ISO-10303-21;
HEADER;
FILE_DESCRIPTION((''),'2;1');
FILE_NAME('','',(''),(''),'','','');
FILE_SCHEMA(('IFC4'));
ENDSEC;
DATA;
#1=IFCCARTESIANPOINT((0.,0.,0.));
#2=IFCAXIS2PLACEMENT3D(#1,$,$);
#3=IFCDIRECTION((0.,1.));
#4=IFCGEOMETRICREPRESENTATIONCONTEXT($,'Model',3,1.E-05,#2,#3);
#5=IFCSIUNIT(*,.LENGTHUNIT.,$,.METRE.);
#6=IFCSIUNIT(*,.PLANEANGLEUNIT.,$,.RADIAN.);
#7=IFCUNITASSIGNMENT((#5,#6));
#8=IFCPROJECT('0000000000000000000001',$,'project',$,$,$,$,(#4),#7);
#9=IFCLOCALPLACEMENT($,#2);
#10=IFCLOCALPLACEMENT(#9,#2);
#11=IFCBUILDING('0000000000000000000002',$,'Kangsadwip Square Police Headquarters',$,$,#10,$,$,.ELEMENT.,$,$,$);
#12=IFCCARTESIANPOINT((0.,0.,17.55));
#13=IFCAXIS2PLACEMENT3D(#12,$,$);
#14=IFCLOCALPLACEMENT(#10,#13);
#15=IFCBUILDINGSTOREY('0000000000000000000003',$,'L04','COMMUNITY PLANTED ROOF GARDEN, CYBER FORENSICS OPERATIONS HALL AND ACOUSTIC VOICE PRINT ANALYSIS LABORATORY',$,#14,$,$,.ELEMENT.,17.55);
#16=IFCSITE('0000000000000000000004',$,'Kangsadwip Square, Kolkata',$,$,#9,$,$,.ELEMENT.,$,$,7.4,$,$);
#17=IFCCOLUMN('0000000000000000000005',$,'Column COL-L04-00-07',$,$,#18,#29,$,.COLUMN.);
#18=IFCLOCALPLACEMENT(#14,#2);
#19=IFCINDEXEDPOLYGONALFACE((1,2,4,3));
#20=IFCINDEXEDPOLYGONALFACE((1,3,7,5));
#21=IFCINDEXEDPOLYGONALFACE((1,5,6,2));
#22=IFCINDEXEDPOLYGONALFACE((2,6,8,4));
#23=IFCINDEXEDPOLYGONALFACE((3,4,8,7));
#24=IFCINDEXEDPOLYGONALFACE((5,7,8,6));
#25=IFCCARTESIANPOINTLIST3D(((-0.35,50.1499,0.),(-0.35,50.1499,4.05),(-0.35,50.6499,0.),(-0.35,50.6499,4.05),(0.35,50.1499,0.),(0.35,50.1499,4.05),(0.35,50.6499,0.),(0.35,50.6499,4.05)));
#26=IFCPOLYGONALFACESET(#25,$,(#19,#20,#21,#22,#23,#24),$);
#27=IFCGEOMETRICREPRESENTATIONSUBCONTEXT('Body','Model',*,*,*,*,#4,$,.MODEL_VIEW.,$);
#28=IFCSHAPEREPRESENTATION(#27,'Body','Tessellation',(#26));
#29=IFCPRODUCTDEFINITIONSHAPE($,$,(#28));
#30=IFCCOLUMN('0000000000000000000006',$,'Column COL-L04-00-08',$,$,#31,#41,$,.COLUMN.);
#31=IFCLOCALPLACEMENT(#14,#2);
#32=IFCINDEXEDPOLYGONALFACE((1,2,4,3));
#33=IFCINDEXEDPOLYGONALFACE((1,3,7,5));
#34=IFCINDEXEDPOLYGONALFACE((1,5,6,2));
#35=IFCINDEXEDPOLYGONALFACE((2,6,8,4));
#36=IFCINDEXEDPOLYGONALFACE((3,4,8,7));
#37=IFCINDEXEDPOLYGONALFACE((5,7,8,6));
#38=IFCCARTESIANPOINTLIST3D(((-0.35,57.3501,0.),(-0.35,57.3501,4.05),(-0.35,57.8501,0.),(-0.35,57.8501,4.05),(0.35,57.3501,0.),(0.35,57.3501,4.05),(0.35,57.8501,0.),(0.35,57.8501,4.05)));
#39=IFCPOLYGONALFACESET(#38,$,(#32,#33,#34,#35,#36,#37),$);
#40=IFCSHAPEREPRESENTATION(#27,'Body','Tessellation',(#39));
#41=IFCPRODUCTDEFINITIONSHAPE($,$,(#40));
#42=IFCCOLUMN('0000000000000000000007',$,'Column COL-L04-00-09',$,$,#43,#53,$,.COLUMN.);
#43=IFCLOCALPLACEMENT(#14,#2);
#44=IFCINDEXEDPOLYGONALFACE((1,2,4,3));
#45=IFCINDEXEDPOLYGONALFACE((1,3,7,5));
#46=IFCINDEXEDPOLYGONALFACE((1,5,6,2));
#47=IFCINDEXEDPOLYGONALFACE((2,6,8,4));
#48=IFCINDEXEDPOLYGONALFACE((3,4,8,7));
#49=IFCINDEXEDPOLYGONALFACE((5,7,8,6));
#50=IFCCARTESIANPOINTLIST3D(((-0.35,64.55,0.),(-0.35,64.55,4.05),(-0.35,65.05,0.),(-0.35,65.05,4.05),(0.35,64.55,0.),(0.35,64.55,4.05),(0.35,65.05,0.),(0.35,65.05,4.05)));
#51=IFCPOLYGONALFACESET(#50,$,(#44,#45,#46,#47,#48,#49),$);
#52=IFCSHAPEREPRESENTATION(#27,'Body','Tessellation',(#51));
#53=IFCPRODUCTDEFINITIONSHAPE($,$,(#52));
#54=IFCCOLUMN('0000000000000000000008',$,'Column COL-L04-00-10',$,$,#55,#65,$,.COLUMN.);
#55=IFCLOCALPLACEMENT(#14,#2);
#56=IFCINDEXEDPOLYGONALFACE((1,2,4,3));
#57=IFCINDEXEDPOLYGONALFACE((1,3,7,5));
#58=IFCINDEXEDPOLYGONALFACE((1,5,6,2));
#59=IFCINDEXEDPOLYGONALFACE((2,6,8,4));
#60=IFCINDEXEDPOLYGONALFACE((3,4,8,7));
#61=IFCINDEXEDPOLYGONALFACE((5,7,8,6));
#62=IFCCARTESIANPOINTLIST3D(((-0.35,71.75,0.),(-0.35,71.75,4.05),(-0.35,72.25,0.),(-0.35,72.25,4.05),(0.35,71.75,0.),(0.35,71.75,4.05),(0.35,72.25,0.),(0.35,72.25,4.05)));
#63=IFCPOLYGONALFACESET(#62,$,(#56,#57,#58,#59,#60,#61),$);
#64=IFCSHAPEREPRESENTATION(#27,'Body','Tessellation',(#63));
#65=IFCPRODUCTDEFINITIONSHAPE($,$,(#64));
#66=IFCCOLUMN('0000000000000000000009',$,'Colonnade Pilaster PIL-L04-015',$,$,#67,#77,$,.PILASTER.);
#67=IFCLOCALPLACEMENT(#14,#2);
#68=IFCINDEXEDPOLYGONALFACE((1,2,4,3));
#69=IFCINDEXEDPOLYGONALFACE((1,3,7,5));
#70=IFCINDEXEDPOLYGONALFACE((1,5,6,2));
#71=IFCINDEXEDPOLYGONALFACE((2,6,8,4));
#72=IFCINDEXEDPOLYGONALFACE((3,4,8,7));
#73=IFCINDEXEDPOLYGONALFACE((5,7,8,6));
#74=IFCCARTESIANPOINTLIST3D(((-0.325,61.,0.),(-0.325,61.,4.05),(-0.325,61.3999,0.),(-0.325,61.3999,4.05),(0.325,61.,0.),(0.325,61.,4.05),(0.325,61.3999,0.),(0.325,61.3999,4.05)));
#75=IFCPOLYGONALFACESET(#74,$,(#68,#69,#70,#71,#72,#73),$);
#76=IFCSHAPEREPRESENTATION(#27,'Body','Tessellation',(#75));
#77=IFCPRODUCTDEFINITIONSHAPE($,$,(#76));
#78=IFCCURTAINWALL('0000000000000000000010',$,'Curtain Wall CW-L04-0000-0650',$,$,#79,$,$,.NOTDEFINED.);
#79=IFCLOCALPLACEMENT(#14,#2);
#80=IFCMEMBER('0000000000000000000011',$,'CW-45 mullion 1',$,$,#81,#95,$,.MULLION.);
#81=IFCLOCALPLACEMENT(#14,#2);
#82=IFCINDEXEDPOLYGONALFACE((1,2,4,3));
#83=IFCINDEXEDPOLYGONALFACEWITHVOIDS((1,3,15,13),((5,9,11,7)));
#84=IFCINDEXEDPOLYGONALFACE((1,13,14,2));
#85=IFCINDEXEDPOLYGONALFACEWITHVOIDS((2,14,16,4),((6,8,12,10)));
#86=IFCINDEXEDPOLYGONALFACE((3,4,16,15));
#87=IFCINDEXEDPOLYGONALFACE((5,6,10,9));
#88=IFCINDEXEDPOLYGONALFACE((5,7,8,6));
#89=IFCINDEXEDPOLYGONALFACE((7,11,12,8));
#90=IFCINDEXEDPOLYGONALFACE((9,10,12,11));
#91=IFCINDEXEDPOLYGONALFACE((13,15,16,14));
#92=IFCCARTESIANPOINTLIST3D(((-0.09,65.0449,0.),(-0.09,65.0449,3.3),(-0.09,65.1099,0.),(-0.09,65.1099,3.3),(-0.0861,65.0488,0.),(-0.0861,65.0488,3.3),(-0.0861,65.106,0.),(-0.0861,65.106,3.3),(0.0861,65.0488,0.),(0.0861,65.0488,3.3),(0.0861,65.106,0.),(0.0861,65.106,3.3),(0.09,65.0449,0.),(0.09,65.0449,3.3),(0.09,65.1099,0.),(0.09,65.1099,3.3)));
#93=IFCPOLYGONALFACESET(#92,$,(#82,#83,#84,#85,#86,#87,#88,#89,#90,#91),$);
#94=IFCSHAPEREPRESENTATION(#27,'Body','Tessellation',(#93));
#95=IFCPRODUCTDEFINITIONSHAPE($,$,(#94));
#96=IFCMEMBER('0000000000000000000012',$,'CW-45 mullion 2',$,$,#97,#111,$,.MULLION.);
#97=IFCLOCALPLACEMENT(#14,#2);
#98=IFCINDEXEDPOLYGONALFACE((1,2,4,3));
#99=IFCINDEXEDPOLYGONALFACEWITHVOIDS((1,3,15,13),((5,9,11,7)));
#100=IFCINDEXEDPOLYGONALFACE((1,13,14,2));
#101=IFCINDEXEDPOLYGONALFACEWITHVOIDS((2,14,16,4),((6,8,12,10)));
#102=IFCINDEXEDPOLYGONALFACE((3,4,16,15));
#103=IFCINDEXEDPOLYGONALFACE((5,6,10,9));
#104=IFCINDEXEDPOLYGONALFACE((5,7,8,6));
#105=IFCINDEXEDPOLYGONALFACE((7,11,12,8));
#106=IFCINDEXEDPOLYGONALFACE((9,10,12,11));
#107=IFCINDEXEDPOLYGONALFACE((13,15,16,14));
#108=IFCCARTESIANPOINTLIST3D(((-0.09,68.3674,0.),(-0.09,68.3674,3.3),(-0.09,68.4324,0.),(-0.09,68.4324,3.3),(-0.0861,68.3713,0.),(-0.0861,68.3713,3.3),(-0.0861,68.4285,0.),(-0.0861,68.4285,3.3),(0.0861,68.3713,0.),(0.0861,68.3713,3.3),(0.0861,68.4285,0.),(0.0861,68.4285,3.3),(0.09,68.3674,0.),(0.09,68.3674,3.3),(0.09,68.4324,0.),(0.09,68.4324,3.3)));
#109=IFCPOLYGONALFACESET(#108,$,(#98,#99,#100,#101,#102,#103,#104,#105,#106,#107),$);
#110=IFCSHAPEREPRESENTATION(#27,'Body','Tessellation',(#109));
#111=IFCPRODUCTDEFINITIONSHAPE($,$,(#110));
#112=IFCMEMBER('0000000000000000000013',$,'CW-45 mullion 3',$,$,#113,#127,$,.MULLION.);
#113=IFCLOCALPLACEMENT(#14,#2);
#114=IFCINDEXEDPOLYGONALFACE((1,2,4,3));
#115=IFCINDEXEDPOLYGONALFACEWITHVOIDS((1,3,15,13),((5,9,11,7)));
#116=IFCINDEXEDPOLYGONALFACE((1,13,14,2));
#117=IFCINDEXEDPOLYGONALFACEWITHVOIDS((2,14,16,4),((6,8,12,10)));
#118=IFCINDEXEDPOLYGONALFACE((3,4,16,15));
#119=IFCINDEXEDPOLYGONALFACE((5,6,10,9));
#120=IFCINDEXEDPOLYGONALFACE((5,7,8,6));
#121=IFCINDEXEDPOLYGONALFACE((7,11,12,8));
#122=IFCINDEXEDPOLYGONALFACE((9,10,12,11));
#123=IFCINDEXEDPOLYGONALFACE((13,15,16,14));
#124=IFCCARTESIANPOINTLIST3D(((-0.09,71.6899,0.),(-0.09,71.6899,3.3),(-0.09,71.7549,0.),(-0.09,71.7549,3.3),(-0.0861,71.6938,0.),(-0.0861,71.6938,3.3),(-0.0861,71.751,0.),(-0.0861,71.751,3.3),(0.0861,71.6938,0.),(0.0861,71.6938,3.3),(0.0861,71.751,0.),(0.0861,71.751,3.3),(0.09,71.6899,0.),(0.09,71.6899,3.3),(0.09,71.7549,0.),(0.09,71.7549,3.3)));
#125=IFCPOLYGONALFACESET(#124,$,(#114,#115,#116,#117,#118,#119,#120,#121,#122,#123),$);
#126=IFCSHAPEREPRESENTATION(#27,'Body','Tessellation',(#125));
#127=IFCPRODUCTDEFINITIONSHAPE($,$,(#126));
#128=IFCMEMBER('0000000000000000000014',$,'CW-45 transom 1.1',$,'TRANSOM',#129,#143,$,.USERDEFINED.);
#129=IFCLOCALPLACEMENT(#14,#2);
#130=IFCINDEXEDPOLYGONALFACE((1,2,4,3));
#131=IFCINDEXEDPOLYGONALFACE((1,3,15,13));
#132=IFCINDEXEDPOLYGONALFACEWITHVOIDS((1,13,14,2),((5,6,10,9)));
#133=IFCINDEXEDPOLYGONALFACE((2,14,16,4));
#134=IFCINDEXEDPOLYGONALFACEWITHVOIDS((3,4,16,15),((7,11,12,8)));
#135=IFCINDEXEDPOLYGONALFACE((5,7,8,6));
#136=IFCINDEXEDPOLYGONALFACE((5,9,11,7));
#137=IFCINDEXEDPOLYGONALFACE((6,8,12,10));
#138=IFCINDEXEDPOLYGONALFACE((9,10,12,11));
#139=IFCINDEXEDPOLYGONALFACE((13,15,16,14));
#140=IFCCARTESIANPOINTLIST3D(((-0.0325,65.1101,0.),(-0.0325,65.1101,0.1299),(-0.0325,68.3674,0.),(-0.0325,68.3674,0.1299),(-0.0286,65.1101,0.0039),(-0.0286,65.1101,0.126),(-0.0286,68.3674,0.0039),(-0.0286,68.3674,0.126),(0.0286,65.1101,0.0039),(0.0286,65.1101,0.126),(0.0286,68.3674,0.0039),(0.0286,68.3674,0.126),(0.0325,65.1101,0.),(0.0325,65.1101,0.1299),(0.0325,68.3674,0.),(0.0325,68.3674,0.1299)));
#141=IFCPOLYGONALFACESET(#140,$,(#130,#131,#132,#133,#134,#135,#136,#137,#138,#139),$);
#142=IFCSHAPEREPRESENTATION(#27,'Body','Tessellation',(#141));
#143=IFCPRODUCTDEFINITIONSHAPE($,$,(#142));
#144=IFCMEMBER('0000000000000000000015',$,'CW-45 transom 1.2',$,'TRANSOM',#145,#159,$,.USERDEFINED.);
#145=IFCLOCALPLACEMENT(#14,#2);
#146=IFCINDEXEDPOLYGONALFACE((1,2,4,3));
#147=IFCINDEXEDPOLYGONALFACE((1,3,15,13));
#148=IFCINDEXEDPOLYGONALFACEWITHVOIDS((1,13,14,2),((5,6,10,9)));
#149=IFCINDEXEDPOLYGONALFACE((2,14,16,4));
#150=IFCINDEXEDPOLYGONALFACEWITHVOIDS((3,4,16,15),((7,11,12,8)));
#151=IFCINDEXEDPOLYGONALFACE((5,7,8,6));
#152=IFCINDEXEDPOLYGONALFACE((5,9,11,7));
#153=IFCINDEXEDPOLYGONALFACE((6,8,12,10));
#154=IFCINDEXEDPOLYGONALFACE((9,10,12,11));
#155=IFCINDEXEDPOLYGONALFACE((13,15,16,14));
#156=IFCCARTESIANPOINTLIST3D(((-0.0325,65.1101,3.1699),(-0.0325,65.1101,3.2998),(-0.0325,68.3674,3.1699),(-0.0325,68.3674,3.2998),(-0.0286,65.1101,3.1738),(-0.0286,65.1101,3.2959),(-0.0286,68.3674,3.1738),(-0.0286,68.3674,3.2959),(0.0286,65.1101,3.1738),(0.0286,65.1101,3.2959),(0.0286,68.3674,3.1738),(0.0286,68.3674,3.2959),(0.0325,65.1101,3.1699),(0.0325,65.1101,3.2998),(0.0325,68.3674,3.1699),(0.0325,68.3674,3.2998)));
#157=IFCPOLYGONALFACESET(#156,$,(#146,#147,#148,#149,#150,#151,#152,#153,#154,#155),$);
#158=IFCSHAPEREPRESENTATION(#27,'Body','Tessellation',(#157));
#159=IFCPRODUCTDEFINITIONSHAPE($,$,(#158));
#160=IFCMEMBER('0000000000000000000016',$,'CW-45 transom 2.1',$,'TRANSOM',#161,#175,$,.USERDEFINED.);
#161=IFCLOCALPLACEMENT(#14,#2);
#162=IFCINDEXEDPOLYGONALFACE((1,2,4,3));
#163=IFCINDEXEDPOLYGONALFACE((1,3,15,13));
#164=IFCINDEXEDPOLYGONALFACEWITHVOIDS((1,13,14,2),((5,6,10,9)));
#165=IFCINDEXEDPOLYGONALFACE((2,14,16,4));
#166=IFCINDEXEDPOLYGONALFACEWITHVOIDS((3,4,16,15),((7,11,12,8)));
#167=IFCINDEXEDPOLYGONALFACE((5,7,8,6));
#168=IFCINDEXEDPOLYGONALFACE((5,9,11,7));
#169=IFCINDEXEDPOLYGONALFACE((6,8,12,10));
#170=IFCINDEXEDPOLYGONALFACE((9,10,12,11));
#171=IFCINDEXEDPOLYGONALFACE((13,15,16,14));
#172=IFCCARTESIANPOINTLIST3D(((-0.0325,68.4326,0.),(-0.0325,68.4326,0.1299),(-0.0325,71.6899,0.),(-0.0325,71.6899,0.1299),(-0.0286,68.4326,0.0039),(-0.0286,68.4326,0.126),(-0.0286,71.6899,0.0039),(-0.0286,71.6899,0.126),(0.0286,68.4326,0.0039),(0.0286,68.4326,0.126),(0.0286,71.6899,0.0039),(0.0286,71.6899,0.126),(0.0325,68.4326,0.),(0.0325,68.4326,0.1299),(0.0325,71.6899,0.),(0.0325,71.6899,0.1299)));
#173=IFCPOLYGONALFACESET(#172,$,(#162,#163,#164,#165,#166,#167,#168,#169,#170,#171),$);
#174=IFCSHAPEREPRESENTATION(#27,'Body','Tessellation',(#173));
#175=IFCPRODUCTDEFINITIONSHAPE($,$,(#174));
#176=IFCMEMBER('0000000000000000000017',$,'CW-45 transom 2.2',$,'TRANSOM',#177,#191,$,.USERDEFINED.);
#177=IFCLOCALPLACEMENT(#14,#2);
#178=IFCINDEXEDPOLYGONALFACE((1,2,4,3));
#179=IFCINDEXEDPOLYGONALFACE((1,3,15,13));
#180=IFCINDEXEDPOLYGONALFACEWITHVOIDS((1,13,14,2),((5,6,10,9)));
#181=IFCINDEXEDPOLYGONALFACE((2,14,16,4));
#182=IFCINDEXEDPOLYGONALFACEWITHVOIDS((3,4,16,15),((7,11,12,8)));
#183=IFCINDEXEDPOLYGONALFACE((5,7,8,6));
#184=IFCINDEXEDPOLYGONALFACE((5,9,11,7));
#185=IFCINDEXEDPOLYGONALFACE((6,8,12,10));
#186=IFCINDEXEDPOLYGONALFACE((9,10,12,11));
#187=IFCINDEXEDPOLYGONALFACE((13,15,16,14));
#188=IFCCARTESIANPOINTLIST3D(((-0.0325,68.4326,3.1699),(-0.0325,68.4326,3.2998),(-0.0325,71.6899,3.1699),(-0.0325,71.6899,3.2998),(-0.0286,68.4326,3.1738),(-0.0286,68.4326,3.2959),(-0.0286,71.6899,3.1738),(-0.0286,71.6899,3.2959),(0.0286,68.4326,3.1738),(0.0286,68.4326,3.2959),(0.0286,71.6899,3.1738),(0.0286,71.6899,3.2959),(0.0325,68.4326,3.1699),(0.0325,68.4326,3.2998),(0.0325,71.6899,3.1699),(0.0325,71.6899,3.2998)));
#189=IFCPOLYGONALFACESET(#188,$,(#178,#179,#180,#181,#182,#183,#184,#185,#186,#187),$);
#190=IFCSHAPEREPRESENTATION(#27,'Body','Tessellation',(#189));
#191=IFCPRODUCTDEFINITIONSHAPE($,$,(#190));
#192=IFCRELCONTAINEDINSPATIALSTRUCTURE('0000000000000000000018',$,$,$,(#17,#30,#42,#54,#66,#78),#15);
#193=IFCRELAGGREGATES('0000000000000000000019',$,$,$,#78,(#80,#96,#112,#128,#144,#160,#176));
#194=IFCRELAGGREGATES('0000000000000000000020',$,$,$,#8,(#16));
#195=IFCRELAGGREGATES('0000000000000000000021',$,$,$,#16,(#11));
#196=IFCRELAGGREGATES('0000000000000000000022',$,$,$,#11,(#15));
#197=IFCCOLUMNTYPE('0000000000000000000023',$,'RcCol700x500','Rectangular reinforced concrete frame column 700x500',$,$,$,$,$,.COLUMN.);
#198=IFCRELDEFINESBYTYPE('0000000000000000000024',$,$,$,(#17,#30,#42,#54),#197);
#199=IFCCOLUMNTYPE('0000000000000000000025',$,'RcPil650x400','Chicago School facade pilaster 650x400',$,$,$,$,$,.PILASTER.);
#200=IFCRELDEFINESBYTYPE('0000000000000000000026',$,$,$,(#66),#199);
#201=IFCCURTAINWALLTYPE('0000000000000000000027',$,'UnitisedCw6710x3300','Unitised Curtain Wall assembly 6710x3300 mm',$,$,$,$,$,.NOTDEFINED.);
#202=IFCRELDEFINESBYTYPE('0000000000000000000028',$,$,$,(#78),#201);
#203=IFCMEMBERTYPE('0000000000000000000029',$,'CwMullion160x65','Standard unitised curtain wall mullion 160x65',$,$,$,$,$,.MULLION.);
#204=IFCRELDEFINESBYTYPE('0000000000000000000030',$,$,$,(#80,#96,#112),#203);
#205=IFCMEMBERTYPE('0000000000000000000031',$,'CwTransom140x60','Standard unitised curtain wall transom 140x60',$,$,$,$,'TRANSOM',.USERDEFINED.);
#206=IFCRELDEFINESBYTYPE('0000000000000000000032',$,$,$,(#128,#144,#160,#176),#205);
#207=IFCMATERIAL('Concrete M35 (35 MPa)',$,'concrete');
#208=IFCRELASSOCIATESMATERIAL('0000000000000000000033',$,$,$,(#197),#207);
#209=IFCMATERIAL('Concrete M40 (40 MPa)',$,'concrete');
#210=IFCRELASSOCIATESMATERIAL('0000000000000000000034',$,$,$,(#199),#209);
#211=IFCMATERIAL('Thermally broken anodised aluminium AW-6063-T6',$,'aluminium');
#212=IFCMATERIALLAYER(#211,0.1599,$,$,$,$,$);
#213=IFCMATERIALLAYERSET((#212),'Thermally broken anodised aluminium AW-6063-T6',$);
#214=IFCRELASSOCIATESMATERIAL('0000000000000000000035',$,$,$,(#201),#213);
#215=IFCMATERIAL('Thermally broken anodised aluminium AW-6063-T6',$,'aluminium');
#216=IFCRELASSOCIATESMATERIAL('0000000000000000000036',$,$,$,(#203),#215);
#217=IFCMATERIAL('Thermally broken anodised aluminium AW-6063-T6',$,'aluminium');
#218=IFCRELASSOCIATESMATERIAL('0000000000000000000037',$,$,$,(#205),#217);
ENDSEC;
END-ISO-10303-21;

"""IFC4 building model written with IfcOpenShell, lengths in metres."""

from ifc_helpers import new_model, si_unit, direction, frame, origin, origin_2d, place, context, subcontext, project, spatial, rectangle, hollow_rectangle, extrude, material, layer, layer_set, material_profile, profile_set, type_object, element, aggregate, save


model = new_model("IFC4")

# Units and contexts
model_context = context("Model", 3, precision=1e-05, world=origin(), true_north=direction((0.0, 1.0)))
body_context = subcontext(model_context, "Body", "Model", "MODEL_VIEW")
ifc_project = project(units=[si_unit("LENGTHUNIT", "METRE"), si_unit("PLANEANGLEUNIT", "RADIAN")], contexts=[model_context])

# Site, building, storey
site_placement = place(None, origin())
site = spatial("IfcSite", under=ifc_project, at=site_placement, Name="Kangsadwip Square, Kolkata", CompositionType="ELEMENT", RefElevation=7.4)
building_placement = place(site_placement, origin())
building = spatial("IfcBuilding", under=site, at=building_placement, Name="Kangsadwip Square Police Headquarters", CompositionType="ELEMENT")
storey_placement = place(building_placement, frame((0.0, 0.0, 17.55)))
storey = spatial("IfcBuildingStorey", under=building, at=storey_placement, Name="L04", Description="COMMUNITY PLANTED ROOF GARDEN, CYBER FORENSICS OPERATIONS HALL AND ACOUSTIC VOICE PRINT ANALYSIS LABORATORY", CompositionType="ELEMENT", Elevation=17.55)

# Columns
ifc_material_1 = material(Name="Concrete M35 (35 MPa)", Category="concrete")
ifc_material_profile_1 = material_profile(ifc_material_1, rectangle(XDim=0.5, YDim=0.7, at=origin_2d()), Name="RC COL 700X500")
ifc_profile_set_1 = profile_set([ifc_material_profile_1], Name="Concrete M35 (35 MPa)")
column_type_1 = type_object("IfcColumnType", Name="RcCol700x500", Description="Rectangular reinforced concrete frame column 700x500", PredefinedType="COLUMN", material=ifc_profile_set_1)
for number, where, z_axis, x_axis, name in (
    (1, (0.0, 50.3999, 0.0), (0.0, 0.0, 1.0), (0.0, 1.0, 0.0), "Column COL-L04-00-07"),
    (2, (0.0, 57.6001, 0.0), (0.0, 0.0, 1.0), (0.0, 1.0, 0.0), "Column COL-L04-00-08"),
    (3, (0.0, 64.8, 0.0), (0.0, 0.0, 1.0), (0.0, 1.0, 0.0), "Column COL-L04-00-09"),
    (4, (0.0, 72.0, 0.0), (0.0, 0.0, 1.0), (0.0, 1.0, 0.0), "Column COL-L04-00-10"),
):
    element("IfcColumn", number, at=place(storey_placement, frame(where, z_axis=z_axis, x_axis=x_axis)), inside=storey, type_object=column_type_1, Name=name, PredefinedType="COLUMN", context=body_context, shape_type="SweptSolid", body=[
        extrude(rectangle(XDim=0.5, YDim=0.7, at=origin_2d()), origin(), (0.0, 0.0, 1.0), 4.05),
    ])
ifc_material_2 = material(Name="Concrete M40 (40 MPa)", Category="concrete")
ifc_material_profile_2 = material_profile(ifc_material_2, rectangle(XDim=0.3999, YDim=0.6499, at=origin_2d()), Name="RC PIL 650X400")
ifc_profile_set_2 = profile_set([ifc_material_profile_2], Name="Concrete M40 (40 MPa)")
column_type_2 = type_object("IfcColumnType", Name="RcPil650x400", Description="Chicago School facade pilaster 650x400", PredefinedType="PILASTER", material=ifc_profile_set_2)
column_placement = place(storey_placement, frame((0.0, 61.2, 0.0), z_axis=(0.0, 0.0, 1.0), x_axis=(0.0, 1.0, 0.0)))
element("IfcColumn", 5, at=column_placement, inside=storey, type_object=column_type_2, Name="Colonnade Pilaster PIL-L04-015", PredefinedType="PILASTER", context=body_context, shape_type="SweptSolid", body=[
    extrude(rectangle(XDim=0.3999, YDim=0.6499, at=origin_2d()), origin(), (0.0, 0.0, 1.0), 4.05),
])

# Curtain wall, members
ifc_material_3 = material(Name="Thermally broken anodised aluminium AW-6063-T6", Category="aluminium")
ifc_layer_1 = layer(ifc_material_3, 0.1599)
ifc_layer_set_1 = layer_set([ifc_layer_1], Name="Thermally broken anodised aluminium AW-6063-T6")
curtain_wall_type = type_object("IfcCurtainWallType", Name="UnitisedCw6710x3300", Description="Unitised Curtain Wall assembly 6710x3300 mm", PredefinedType="NOTDEFINED", material=ifc_layer_set_1)
curtain_wall_placement = place(storey_placement, origin())
curtain_wall = element("IfcCurtainWall", 6, at=curtain_wall_placement, inside=storey, type_object=curtain_wall_type, Name="Curtain Wall CW-L04-0000-0650", PredefinedType="NOTDEFINED")
ifc_material_4 = material(Name="Thermally broken anodised aluminium AW-6063-T6", Category="aluminium")
ifc_material_profile_3 = material_profile(ifc_material_4, hollow_rectangle(XDim=0.0649, YDim=0.1799, WallThickness=0.0039, at=origin_2d()), Name="CWM 180X65X4")
ifc_profile_set_3 = profile_set([ifc_material_profile_3], Name="Thermally broken anodised aluminium AW-6063-T6")
member_type_1 = type_object("IfcMemberType", Name="CwMullion160x65", Description="Standard unitised curtain wall mullion 160x65", PredefinedType="MULLION", material=ifc_profile_set_3)
member_1_placement = place(storey_placement, frame((0.0, 65.0774, 0.0), z_axis=(0.0, 0.0, 1.0), x_axis=(0.0, 1.0, 0.0)))
member_1 = element("IfcMember", 7, at=member_1_placement, type_object=member_type_1, Name="CW-45 mullion 1", PredefinedType="MULLION", context=body_context, shape_type="SweptSolid", body=[
    extrude(hollow_rectangle(XDim=0.0649, YDim=0.1799, WallThickness=0.0039, at=origin_2d()), origin(), (0.0, 0.0, 1.0), 3.3),
])
member_2_placement = place(storey_placement, frame((0.0, 68.3999, 0.0), z_axis=(0.0, 0.0, 1.0), x_axis=(0.0, 1.0, 0.0)))
member_2 = element("IfcMember", 8, at=member_2_placement, type_object=member_type_1, Name="CW-45 mullion 2", PredefinedType="MULLION", context=body_context, shape_type="SweptSolid", body=[
    extrude(hollow_rectangle(XDim=0.0649, YDim=0.1799, WallThickness=0.0039, at=origin_2d()), origin(), (0.0, 0.0, 1.0), 3.3),
])
member_3_placement = place(storey_placement, frame((0.0, 71.7224, 0.0), z_axis=(0.0, 0.0, 1.0), x_axis=(0.0, 1.0, 0.0)))
member_3 = element("IfcMember", 9, at=member_3_placement, type_object=member_type_1, Name="CW-45 mullion 3", PredefinedType="MULLION", context=body_context, shape_type="SweptSolid", body=[
    extrude(hollow_rectangle(XDim=0.0649, YDim=0.1799, WallThickness=0.0039, at=origin_2d()), origin(), (0.0, 0.0, 1.0), 3.3),
])
ifc_material_5 = material(Name="Thermally broken anodised aluminium AW-6063-T6", Category="aluminium")
ifc_material_profile_4 = material_profile(ifc_material_5, hollow_rectangle(XDim=0.0649, YDim=0.1299, WallThickness=0.0039, at=origin_2d()), Name="CWT 130X65X4")
ifc_profile_set_4 = profile_set([ifc_material_profile_4], Name="Thermally broken anodised aluminium AW-6063-T6")
member_type_2 = type_object("IfcMemberType", Name="CwTransom140x60", Description="Standard unitised curtain wall transom 140x60", ElementType="TRANSOM", PredefinedType="USERDEFINED", material=ifc_profile_set_4)
member_4_placement = place(storey_placement, frame((0.0, 65.1101, 0.0649), z_axis=(0.0, 1.0, 0.0), x_axis=(-1.0, 0.0, 0.0)))
member_4 = element("IfcMember", 10, at=member_4_placement, type_object=member_type_2, Name="CW-45 transom 1.1", ObjectType="TRANSOM", PredefinedType="USERDEFINED", context=body_context, shape_type="SweptSolid", body=[
    extrude(hollow_rectangle(XDim=0.0649, YDim=0.1299, WallThickness=0.0039, at=origin_2d()), origin(), (0.0, 0.0, 1.0), 3.2573),
])
member_5_placement = place(storey_placement, frame((0.0, 65.1101, 3.2349), z_axis=(0.0, 1.0, 0.0), x_axis=(-1.0, 0.0, 0.0)))
member_5 = element("IfcMember", 11, at=member_5_placement, type_object=member_type_2, Name="CW-45 transom 1.2", ObjectType="TRANSOM", PredefinedType="USERDEFINED", context=body_context, shape_type="SweptSolid", body=[
    extrude(hollow_rectangle(XDim=0.0649, YDim=0.1299, WallThickness=0.0039, at=origin_2d()), origin(), (0.0, 0.0, 1.0), 3.2573),
])
member_6_placement = place(storey_placement, frame((0.0, 68.4326, 0.0649), z_axis=(0.0, 1.0, 0.0), x_axis=(-1.0, 0.0, 0.0)))
member_6 = element("IfcMember", 12, at=member_6_placement, type_object=member_type_2, Name="CW-45 transom 2.1", ObjectType="TRANSOM", PredefinedType="USERDEFINED", context=body_context, shape_type="SweptSolid", body=[
    extrude(hollow_rectangle(XDim=0.0649, YDim=0.1299, WallThickness=0.0039, at=origin_2d()), origin(), (0.0, 0.0, 1.0), 3.2573),
])
member_7_placement = place(storey_placement, frame((0.0, 68.4326, 3.2349), z_axis=(0.0, 1.0, 0.0), x_axis=(-1.0, 0.0, 0.0)))
member_7 = element("IfcMember", 13, at=member_7_placement, type_object=member_type_2, Name="CW-45 transom 2.2", ObjectType="TRANSOM", PredefinedType="USERDEFINED", context=body_context, shape_type="SweptSolid", body=[
    extrude(hollow_rectangle(XDim=0.0649, YDim=0.1299, WallThickness=0.0039, at=origin_2d()), origin(), (0.0, 0.0, 1.0), 3.2573),
])

aggregate(curtain_wall, [member_1, member_2, member_3, member_4, member_5, member_6, member_7])

save(model, "model.ifc")
